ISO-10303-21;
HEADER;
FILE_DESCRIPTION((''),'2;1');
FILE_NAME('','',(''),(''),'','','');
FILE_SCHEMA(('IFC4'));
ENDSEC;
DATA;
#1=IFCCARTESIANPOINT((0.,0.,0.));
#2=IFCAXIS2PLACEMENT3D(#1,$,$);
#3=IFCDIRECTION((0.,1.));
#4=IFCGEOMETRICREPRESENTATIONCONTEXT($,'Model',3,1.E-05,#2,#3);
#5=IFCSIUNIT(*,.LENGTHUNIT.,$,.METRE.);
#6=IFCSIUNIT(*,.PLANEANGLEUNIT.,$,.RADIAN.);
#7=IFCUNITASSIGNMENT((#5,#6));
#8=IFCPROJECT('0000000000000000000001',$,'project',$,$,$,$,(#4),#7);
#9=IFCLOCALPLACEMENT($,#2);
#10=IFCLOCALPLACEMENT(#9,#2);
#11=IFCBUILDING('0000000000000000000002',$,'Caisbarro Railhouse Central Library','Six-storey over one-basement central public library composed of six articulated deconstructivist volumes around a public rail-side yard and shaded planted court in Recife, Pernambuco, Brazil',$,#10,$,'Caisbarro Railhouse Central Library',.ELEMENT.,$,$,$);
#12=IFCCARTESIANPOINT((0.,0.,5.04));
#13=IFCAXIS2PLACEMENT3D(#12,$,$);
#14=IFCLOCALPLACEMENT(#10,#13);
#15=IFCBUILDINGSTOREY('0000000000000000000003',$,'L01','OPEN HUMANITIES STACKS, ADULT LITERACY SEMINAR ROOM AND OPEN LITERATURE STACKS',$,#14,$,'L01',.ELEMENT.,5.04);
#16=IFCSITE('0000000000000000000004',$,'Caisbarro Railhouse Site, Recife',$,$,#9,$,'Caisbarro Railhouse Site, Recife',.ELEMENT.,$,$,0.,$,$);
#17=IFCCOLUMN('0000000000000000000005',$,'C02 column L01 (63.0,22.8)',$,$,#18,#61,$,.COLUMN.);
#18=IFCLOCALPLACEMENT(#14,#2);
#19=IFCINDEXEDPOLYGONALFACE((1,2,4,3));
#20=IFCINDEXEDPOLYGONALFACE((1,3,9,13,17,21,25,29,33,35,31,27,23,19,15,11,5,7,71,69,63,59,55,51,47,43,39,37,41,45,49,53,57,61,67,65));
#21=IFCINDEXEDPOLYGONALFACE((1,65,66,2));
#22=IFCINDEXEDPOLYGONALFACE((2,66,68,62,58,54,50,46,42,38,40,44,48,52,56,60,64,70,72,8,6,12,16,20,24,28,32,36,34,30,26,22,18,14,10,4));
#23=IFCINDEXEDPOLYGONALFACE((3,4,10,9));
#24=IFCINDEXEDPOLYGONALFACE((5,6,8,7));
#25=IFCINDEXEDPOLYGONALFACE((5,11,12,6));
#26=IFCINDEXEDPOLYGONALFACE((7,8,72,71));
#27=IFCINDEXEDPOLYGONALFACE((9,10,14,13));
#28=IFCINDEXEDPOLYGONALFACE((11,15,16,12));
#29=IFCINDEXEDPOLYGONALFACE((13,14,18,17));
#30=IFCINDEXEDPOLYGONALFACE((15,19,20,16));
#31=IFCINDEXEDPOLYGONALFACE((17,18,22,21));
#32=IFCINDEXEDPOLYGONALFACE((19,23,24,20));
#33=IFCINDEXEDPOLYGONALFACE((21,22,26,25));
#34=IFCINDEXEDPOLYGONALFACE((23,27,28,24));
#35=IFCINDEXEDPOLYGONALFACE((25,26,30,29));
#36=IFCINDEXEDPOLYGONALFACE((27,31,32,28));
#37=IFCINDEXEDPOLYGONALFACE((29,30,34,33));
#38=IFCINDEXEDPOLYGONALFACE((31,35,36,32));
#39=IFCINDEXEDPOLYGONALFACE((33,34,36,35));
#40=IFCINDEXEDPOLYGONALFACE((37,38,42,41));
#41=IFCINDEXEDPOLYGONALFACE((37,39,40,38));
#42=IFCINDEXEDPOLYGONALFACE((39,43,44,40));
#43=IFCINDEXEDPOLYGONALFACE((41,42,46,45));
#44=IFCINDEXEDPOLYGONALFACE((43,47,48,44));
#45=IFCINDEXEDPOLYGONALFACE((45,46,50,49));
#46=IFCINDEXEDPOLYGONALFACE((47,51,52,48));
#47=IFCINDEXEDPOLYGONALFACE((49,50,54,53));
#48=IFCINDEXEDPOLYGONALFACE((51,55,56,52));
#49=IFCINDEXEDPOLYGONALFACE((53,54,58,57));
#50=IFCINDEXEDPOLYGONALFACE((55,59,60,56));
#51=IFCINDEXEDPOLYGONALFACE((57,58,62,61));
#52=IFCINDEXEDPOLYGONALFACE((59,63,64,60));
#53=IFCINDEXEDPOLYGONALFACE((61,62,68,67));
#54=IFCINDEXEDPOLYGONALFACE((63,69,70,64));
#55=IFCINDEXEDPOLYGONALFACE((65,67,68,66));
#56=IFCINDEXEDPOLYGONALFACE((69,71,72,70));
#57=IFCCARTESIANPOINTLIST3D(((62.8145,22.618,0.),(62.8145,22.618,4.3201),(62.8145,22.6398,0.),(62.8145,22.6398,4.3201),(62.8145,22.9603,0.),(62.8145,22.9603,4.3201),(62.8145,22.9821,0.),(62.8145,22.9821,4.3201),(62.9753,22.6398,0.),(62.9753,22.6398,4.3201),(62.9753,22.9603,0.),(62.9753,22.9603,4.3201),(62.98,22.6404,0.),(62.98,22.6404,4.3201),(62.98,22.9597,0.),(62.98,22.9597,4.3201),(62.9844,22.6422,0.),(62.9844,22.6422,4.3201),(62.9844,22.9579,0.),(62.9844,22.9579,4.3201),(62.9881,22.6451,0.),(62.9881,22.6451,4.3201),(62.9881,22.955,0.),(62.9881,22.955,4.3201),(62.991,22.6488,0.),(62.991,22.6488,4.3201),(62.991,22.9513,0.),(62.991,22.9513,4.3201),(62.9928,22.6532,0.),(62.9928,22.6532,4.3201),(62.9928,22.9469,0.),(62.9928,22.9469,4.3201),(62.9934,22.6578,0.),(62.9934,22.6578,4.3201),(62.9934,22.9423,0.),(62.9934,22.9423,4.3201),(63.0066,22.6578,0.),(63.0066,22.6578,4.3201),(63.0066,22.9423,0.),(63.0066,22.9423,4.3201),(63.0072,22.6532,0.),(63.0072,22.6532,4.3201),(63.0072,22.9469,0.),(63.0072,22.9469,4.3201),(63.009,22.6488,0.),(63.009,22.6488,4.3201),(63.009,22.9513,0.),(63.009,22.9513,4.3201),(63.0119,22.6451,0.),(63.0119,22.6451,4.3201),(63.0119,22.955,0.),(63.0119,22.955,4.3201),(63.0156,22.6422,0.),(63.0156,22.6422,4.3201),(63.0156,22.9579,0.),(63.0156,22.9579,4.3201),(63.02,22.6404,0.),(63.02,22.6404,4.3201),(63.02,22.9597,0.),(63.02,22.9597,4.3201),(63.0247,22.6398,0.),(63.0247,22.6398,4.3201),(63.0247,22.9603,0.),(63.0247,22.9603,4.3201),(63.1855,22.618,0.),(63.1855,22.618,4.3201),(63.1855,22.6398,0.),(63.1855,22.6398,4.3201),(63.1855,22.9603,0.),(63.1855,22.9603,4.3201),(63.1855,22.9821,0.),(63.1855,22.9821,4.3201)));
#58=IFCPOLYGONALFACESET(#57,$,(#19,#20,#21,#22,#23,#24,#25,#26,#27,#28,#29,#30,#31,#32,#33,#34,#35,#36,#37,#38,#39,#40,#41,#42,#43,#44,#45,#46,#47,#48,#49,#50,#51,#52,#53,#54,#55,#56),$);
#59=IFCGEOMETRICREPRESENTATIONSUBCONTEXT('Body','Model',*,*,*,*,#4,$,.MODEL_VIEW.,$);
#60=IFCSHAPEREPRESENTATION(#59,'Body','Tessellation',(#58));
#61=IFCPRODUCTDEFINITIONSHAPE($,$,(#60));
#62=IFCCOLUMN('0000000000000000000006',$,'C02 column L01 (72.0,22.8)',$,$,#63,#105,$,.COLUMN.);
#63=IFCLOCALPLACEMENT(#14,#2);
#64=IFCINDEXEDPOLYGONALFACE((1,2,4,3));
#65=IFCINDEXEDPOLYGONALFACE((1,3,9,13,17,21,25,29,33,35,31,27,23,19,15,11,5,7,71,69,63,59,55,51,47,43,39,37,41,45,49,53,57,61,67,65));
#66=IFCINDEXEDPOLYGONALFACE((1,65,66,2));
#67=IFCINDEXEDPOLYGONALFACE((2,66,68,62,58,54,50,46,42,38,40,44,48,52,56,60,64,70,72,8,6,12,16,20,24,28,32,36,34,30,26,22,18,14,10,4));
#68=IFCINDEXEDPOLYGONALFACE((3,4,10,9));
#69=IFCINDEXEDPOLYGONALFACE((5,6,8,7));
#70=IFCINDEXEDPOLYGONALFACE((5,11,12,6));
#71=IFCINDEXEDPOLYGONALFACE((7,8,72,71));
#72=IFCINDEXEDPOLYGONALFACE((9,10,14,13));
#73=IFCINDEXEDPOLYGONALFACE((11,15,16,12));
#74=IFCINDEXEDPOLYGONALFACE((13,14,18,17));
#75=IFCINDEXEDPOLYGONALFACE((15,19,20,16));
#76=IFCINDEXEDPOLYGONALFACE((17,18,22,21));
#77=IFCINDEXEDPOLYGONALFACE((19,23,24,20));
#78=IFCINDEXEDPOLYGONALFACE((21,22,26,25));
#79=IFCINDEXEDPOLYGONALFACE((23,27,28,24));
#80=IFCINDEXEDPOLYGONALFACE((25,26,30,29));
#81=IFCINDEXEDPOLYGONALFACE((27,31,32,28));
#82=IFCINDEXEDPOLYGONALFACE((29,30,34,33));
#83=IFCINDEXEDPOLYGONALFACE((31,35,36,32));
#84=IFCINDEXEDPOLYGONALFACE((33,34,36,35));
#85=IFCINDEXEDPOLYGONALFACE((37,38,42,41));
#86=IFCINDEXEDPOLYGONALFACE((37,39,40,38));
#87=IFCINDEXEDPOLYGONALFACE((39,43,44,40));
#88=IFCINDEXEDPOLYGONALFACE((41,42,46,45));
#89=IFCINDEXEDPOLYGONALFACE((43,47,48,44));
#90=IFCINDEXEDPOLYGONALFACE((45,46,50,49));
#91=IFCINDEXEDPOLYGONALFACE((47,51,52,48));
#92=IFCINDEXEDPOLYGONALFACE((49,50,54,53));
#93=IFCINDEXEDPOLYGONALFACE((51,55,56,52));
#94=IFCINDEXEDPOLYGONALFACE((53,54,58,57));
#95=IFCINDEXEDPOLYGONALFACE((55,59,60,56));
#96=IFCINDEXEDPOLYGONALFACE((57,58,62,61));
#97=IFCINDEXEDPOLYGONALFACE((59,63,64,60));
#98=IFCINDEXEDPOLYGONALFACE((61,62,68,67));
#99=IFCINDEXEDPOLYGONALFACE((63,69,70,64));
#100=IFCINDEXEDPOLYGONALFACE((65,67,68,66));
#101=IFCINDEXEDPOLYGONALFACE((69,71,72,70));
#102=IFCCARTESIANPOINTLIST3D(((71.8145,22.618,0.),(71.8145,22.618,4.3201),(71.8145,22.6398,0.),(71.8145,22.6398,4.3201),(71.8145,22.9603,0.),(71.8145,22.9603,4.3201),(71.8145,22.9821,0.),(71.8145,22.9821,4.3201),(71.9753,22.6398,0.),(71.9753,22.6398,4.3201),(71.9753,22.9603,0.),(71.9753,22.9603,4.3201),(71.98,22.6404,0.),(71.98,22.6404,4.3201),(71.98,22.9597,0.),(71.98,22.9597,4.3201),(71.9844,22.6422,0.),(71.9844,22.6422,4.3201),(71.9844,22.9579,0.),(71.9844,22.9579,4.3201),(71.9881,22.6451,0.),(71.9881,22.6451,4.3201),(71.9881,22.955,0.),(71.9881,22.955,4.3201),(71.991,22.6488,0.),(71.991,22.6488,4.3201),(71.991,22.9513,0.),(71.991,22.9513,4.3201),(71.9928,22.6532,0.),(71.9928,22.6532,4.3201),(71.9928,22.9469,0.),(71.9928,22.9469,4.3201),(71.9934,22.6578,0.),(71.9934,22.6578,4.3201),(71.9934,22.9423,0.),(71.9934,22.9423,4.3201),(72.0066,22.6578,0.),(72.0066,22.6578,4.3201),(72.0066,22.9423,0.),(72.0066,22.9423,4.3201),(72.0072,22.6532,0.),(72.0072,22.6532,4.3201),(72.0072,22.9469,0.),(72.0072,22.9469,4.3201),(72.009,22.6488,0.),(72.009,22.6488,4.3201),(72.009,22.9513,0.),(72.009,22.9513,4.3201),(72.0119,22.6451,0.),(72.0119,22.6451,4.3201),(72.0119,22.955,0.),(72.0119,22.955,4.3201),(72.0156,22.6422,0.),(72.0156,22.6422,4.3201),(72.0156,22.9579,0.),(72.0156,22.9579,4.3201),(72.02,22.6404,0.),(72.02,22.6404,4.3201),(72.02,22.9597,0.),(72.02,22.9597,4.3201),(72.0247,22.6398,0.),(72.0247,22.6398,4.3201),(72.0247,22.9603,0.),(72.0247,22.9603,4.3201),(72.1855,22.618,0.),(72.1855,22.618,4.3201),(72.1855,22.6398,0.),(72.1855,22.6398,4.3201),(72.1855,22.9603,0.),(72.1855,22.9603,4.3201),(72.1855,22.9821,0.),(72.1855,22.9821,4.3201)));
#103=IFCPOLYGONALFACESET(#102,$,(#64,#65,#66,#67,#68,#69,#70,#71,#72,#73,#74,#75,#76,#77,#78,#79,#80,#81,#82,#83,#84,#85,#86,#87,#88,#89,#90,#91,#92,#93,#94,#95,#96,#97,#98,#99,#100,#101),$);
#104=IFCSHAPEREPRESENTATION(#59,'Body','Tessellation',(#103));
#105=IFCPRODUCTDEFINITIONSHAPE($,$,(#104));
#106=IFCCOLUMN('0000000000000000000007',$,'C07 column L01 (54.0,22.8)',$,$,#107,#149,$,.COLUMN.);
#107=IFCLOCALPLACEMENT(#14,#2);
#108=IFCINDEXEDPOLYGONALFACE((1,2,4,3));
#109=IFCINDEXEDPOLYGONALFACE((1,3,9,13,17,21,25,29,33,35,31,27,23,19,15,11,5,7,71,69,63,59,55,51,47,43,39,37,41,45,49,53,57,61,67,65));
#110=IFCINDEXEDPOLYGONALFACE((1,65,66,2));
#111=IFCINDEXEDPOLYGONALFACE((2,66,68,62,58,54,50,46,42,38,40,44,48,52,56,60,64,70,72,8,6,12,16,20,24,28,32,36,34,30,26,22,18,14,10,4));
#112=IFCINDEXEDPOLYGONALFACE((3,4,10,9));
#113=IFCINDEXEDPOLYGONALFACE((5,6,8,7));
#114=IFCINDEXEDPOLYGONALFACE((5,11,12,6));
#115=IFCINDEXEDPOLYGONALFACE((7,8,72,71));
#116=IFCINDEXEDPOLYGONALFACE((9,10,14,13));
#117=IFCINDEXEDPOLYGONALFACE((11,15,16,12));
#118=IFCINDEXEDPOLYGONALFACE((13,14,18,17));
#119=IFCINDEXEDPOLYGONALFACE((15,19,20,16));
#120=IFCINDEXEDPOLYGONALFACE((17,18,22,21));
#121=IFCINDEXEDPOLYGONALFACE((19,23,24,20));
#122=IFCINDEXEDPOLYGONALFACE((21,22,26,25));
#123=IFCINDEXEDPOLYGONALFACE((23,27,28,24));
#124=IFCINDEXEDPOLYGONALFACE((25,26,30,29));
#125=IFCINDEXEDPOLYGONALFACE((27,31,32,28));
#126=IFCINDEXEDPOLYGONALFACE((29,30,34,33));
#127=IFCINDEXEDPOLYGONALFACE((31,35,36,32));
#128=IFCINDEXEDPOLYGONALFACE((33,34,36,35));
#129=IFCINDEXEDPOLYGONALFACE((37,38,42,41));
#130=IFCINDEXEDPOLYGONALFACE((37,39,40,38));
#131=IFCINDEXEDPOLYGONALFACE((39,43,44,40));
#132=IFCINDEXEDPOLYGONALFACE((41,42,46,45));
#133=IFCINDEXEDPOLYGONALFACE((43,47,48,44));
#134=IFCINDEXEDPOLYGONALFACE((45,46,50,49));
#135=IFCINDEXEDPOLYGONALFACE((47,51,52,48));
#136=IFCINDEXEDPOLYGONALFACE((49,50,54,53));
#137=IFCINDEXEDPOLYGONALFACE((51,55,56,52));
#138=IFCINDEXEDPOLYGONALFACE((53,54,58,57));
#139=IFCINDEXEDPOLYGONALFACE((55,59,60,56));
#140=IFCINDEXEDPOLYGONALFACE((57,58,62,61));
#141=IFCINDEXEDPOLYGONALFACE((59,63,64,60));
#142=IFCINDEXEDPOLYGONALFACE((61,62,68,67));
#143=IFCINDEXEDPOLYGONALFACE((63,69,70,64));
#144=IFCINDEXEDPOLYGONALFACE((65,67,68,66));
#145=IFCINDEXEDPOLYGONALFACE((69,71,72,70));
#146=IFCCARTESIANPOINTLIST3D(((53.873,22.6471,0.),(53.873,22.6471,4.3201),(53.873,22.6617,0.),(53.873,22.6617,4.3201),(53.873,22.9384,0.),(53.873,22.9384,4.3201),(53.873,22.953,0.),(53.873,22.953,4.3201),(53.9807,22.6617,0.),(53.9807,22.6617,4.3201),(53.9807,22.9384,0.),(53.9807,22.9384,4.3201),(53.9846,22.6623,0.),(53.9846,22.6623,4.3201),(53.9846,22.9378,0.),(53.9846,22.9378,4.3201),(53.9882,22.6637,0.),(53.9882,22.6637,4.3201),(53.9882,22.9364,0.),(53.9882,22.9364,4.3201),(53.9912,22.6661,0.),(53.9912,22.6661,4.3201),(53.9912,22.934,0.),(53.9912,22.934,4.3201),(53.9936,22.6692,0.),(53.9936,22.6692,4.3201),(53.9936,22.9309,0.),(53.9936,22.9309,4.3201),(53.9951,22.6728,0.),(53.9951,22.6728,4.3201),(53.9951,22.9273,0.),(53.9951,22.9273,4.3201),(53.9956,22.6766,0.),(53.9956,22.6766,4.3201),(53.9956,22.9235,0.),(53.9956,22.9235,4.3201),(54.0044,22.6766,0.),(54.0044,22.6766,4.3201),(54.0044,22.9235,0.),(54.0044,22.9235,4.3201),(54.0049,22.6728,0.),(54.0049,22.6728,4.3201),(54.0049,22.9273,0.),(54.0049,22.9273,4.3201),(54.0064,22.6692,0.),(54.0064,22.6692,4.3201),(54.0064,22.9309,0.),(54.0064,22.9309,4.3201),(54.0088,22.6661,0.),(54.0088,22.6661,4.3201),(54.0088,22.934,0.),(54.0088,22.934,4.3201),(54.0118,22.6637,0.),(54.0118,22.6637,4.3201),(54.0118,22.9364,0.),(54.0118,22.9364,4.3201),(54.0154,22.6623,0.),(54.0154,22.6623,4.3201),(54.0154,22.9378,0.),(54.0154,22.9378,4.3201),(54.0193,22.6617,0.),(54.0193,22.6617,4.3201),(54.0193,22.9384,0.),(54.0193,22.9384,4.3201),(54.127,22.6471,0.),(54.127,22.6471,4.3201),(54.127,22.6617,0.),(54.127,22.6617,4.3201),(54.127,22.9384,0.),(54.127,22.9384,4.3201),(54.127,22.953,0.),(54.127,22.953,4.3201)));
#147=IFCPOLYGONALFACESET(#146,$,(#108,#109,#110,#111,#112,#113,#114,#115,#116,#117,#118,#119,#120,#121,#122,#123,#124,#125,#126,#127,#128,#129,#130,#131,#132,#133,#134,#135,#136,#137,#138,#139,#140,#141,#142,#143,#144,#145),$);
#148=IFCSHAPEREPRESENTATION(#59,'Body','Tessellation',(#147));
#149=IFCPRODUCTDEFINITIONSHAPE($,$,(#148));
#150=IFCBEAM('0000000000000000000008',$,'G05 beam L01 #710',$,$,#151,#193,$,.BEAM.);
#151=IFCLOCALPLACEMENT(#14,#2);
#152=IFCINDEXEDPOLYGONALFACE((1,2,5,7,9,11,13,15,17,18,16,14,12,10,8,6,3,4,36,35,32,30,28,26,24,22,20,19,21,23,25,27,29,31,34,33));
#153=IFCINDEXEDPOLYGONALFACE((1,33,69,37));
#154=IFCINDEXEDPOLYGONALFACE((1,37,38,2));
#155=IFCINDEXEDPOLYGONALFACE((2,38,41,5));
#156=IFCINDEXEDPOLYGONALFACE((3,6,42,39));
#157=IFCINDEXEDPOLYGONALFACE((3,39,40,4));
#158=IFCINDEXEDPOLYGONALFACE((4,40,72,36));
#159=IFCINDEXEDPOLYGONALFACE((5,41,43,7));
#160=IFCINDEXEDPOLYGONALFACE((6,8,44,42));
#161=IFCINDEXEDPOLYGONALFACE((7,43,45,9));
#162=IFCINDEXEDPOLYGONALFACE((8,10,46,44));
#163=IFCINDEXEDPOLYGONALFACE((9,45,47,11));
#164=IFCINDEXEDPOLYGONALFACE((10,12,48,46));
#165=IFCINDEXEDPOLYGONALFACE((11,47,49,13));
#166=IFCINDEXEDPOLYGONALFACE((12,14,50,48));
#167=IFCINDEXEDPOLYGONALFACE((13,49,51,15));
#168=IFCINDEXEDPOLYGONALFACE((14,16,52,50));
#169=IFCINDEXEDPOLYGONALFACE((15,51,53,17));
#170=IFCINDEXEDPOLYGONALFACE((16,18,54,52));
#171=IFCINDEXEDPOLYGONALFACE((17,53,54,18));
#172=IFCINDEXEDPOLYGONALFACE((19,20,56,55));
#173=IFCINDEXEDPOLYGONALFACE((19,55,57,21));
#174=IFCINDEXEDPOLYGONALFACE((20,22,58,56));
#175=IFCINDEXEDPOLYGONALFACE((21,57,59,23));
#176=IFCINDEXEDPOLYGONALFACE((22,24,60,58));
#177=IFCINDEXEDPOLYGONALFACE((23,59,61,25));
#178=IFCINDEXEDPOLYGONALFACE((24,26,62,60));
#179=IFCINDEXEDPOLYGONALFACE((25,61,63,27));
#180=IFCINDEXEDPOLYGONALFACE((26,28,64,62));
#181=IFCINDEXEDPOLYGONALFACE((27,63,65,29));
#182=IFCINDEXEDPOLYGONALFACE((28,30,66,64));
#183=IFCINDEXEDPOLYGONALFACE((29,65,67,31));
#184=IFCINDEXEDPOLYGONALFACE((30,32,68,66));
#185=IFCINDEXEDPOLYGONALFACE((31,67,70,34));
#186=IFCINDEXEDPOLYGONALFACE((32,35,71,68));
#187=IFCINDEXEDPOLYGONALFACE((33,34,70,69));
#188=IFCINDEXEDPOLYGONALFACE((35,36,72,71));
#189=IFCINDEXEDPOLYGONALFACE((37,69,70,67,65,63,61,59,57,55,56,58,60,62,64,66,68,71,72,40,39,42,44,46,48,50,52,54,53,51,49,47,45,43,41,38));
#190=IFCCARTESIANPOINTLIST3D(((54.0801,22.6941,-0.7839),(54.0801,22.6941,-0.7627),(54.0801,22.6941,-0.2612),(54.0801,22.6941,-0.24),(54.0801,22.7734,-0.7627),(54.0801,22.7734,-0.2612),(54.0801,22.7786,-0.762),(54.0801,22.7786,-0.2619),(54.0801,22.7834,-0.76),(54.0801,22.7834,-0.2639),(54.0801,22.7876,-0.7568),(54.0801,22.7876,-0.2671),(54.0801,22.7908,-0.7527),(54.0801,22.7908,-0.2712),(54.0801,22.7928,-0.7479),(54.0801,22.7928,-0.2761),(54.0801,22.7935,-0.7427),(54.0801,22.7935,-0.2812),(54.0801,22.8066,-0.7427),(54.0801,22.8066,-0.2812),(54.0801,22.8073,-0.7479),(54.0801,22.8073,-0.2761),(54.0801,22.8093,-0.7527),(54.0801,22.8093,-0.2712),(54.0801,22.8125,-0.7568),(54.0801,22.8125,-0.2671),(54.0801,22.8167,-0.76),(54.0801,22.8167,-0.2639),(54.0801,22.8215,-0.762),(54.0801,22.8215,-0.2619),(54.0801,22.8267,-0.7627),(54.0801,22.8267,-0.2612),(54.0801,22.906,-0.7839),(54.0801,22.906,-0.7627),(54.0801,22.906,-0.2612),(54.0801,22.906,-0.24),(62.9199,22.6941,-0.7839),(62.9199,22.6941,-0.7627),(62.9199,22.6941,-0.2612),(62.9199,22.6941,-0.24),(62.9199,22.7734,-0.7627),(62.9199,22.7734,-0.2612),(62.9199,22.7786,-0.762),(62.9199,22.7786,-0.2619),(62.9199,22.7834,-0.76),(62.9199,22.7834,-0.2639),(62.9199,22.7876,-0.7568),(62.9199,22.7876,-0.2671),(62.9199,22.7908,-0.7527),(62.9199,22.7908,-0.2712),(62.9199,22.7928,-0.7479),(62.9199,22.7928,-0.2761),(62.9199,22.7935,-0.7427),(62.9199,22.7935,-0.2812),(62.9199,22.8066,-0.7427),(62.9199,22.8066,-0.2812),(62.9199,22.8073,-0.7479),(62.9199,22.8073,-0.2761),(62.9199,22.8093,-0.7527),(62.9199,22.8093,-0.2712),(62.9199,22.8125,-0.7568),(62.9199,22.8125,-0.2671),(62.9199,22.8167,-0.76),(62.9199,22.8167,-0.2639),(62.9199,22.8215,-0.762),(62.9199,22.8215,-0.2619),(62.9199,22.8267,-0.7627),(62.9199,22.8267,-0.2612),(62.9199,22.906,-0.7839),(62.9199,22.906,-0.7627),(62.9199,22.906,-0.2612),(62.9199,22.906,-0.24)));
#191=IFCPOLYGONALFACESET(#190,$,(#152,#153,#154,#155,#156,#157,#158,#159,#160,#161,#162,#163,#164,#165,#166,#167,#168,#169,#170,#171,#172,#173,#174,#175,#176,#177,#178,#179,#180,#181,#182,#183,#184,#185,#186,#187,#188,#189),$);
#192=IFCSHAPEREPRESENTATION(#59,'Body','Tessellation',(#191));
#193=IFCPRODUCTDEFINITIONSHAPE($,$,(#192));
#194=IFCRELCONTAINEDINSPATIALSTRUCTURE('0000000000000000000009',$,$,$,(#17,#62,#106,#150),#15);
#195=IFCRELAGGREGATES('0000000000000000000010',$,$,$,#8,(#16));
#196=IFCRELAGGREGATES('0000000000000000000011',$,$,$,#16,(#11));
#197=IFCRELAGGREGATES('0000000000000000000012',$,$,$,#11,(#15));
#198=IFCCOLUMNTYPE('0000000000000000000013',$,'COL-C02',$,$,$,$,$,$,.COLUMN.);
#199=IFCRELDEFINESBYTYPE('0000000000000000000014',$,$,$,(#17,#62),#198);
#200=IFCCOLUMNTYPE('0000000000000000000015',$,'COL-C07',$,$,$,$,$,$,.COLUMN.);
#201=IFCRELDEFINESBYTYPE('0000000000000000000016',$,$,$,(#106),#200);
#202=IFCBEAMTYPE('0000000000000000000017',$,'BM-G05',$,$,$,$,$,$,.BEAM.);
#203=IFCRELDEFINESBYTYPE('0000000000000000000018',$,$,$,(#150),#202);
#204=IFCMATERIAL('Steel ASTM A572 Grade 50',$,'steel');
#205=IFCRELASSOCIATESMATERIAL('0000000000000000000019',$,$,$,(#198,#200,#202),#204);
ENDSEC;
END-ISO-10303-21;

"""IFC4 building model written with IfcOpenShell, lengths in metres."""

from ifc_helpers import new_model, si_unit, direction, frame, origin, origin_2d, place, context, subcontext, project, spatial, i_section, extrude, material, material_profile, profile_set, type_object, element, save


model = new_model("IFC4")

# Units and contexts
model_context = context("Model", 3, precision=1e-05, world=origin(), true_north=direction((0.0, 1.0)))
body_context = subcontext(model_context, "Body", "Model", "MODEL_VIEW")
ifc_project = project(units=[si_unit("LENGTHUNIT", "METRE"), si_unit("PLANEANGLEUNIT", "RADIAN")], contexts=[model_context])

# Site, building, storey
site_placement = place(None, origin())
site = spatial("IfcSite", under=ifc_project, at=site_placement, Name="Caisbarro Railhouse Site, Recife", LongName="Caisbarro Railhouse Site, Recife", CompositionType="ELEMENT", RefElevation=0.0)
building_placement = place(site_placement, origin())
building = spatial("IfcBuilding", under=site, at=building_placement, Name="Caisbarro Railhouse Central Library", Description="Six-storey over one-basement central public library composed of six articulated deconstructivist volumes around a public rail-side yard and shaded planted court in Recife, Pernambuco, Brazil", LongName="Caisbarro Railhouse Central Library", CompositionType="ELEMENT")
storey_placement = place(building_placement, frame((0.0, 0.0, 5.04)))
storey = spatial("IfcBuildingStorey", under=building, at=storey_placement, Name="L01", Description="OPEN HUMANITIES STACKS, ADULT LITERACY SEMINAR ROOM AND OPEN LITERATURE STACKS", LongName="L01", CompositionType="ELEMENT", Elevation=5.04)

# Columns
ifc_material_1 = material(Name="Steel ASTM A572 Grade 50", Category="steel")
ifc_material_profile_1 = material_profile(ifc_material_1, i_section(OverallWidth=0.3711, OverallDepth=0.364, WebThickness=0.0132, FlangeThickness=0.0217, FilletRadius=0.0181, at=origin_2d()), Name="W360X162.0")
ifc_profile_set_1 = profile_set([ifc_material_profile_1], Name="Steel ASTM A572 Grade 50")
column_type_1 = type_object("IfcColumnType", Name="COL-C02", PredefinedType="COLUMN", material=ifc_profile_set_1)
for number, where, z_axis, x_axis, name in (
    (1, (63.0, 22.8, 0.0), (0.0, 0.0, 1.0), (1.0, 0.0, 0.0), "C02 column L01 (63.0,22.8)"),
    (2, (72.0, 22.8, 0.0), (0.0, 0.0, 1.0), (1.0, 0.0, 0.0), "C02 column L01 (72.0,22.8)"),
):
    element("IfcColumn", number, at=place(storey_placement, frame(where, z_axis=z_axis, x_axis=x_axis)), inside=storey, type_object=column_type_1, Name=name, PredefinedType="COLUMN", context=body_context, shape_type="SweptSolid", body=[
        extrude(i_section(OverallWidth=0.3711, OverallDepth=0.364, WebThickness=0.0132, FlangeThickness=0.0217, FilletRadius=0.0181, at=origin_2d()), origin(), (0.0, 0.0, 1.0), 4.3201),
    ])
ifc_material_profile_2 = material_profile(ifc_material_1, i_section(OverallWidth=0.2539, OverallDepth=0.3059, WebThickness=0.0088, FlangeThickness=0.0146, FilletRadius=0.0149, at=origin_2d()), Name="W310X79.0")
ifc_profile_set_2 = profile_set([ifc_material_profile_2], Name="Steel ASTM A572 Grade 50")
column_type_2 = type_object("IfcColumnType", Name="COL-C07", PredefinedType="COLUMN", material=ifc_profile_set_2)
column_placement = place(storey_placement, frame((54.0, 22.8, 0.0), z_axis=(0.0, 0.0, 1.0), x_axis=(1.0, 0.0, 0.0)))
element("IfcColumn", 3, at=column_placement, inside=storey, type_object=column_type_2, Name="C07 column L01 (54.0,22.8)", PredefinedType="COLUMN", context=body_context, shape_type="SweptSolid", body=[
    extrude(i_section(OverallWidth=0.2539, OverallDepth=0.3059, WebThickness=0.0088, FlangeThickness=0.0146, FilletRadius=0.0149, at=origin_2d()), origin(), (0.0, 0.0, 1.0), 4.3201),
])

# Beam
ifc_material_profile_3 = material_profile(ifc_material_1, i_section(OverallWidth=0.2119, OverallDepth=0.5439, WebThickness=0.0132, FlangeThickness=0.0212, FilletRadius=0.02, at=origin_2d()), Name="W530X123.0")
ifc_profile_set_3 = profile_set([ifc_material_profile_3], Name="Steel ASTM A572 Grade 50")
beam_type_1 = type_object("IfcBeamType", Name="BM-G05", PredefinedType="BEAM", material=ifc_profile_set_3)
for number, where, z_axis, x_axis, name in (
    (4, (54.0801, 22.8, -0.512), (1.0, 0.0, 0.0), (0.0, 1.0, 0.0), "G05 beam L01 #710"),
):
    element("IfcBeam", number, at=place(storey_placement, frame(where, z_axis=z_axis, x_axis=x_axis)), inside=storey, type_object=beam_type_1, Name=name, PredefinedType="BEAM", context=body_context, shape_type="SweptSolid", body=[
        extrude(i_section(OverallWidth=0.2119, OverallDepth=0.5439, WebThickness=0.0132, FlangeThickness=0.0212, FilletRadius=0.02, at=origin_2d()), origin(), (0.0, 0.0, 1.0), 8.8398),
    ])

save(model, "model.ifc")
